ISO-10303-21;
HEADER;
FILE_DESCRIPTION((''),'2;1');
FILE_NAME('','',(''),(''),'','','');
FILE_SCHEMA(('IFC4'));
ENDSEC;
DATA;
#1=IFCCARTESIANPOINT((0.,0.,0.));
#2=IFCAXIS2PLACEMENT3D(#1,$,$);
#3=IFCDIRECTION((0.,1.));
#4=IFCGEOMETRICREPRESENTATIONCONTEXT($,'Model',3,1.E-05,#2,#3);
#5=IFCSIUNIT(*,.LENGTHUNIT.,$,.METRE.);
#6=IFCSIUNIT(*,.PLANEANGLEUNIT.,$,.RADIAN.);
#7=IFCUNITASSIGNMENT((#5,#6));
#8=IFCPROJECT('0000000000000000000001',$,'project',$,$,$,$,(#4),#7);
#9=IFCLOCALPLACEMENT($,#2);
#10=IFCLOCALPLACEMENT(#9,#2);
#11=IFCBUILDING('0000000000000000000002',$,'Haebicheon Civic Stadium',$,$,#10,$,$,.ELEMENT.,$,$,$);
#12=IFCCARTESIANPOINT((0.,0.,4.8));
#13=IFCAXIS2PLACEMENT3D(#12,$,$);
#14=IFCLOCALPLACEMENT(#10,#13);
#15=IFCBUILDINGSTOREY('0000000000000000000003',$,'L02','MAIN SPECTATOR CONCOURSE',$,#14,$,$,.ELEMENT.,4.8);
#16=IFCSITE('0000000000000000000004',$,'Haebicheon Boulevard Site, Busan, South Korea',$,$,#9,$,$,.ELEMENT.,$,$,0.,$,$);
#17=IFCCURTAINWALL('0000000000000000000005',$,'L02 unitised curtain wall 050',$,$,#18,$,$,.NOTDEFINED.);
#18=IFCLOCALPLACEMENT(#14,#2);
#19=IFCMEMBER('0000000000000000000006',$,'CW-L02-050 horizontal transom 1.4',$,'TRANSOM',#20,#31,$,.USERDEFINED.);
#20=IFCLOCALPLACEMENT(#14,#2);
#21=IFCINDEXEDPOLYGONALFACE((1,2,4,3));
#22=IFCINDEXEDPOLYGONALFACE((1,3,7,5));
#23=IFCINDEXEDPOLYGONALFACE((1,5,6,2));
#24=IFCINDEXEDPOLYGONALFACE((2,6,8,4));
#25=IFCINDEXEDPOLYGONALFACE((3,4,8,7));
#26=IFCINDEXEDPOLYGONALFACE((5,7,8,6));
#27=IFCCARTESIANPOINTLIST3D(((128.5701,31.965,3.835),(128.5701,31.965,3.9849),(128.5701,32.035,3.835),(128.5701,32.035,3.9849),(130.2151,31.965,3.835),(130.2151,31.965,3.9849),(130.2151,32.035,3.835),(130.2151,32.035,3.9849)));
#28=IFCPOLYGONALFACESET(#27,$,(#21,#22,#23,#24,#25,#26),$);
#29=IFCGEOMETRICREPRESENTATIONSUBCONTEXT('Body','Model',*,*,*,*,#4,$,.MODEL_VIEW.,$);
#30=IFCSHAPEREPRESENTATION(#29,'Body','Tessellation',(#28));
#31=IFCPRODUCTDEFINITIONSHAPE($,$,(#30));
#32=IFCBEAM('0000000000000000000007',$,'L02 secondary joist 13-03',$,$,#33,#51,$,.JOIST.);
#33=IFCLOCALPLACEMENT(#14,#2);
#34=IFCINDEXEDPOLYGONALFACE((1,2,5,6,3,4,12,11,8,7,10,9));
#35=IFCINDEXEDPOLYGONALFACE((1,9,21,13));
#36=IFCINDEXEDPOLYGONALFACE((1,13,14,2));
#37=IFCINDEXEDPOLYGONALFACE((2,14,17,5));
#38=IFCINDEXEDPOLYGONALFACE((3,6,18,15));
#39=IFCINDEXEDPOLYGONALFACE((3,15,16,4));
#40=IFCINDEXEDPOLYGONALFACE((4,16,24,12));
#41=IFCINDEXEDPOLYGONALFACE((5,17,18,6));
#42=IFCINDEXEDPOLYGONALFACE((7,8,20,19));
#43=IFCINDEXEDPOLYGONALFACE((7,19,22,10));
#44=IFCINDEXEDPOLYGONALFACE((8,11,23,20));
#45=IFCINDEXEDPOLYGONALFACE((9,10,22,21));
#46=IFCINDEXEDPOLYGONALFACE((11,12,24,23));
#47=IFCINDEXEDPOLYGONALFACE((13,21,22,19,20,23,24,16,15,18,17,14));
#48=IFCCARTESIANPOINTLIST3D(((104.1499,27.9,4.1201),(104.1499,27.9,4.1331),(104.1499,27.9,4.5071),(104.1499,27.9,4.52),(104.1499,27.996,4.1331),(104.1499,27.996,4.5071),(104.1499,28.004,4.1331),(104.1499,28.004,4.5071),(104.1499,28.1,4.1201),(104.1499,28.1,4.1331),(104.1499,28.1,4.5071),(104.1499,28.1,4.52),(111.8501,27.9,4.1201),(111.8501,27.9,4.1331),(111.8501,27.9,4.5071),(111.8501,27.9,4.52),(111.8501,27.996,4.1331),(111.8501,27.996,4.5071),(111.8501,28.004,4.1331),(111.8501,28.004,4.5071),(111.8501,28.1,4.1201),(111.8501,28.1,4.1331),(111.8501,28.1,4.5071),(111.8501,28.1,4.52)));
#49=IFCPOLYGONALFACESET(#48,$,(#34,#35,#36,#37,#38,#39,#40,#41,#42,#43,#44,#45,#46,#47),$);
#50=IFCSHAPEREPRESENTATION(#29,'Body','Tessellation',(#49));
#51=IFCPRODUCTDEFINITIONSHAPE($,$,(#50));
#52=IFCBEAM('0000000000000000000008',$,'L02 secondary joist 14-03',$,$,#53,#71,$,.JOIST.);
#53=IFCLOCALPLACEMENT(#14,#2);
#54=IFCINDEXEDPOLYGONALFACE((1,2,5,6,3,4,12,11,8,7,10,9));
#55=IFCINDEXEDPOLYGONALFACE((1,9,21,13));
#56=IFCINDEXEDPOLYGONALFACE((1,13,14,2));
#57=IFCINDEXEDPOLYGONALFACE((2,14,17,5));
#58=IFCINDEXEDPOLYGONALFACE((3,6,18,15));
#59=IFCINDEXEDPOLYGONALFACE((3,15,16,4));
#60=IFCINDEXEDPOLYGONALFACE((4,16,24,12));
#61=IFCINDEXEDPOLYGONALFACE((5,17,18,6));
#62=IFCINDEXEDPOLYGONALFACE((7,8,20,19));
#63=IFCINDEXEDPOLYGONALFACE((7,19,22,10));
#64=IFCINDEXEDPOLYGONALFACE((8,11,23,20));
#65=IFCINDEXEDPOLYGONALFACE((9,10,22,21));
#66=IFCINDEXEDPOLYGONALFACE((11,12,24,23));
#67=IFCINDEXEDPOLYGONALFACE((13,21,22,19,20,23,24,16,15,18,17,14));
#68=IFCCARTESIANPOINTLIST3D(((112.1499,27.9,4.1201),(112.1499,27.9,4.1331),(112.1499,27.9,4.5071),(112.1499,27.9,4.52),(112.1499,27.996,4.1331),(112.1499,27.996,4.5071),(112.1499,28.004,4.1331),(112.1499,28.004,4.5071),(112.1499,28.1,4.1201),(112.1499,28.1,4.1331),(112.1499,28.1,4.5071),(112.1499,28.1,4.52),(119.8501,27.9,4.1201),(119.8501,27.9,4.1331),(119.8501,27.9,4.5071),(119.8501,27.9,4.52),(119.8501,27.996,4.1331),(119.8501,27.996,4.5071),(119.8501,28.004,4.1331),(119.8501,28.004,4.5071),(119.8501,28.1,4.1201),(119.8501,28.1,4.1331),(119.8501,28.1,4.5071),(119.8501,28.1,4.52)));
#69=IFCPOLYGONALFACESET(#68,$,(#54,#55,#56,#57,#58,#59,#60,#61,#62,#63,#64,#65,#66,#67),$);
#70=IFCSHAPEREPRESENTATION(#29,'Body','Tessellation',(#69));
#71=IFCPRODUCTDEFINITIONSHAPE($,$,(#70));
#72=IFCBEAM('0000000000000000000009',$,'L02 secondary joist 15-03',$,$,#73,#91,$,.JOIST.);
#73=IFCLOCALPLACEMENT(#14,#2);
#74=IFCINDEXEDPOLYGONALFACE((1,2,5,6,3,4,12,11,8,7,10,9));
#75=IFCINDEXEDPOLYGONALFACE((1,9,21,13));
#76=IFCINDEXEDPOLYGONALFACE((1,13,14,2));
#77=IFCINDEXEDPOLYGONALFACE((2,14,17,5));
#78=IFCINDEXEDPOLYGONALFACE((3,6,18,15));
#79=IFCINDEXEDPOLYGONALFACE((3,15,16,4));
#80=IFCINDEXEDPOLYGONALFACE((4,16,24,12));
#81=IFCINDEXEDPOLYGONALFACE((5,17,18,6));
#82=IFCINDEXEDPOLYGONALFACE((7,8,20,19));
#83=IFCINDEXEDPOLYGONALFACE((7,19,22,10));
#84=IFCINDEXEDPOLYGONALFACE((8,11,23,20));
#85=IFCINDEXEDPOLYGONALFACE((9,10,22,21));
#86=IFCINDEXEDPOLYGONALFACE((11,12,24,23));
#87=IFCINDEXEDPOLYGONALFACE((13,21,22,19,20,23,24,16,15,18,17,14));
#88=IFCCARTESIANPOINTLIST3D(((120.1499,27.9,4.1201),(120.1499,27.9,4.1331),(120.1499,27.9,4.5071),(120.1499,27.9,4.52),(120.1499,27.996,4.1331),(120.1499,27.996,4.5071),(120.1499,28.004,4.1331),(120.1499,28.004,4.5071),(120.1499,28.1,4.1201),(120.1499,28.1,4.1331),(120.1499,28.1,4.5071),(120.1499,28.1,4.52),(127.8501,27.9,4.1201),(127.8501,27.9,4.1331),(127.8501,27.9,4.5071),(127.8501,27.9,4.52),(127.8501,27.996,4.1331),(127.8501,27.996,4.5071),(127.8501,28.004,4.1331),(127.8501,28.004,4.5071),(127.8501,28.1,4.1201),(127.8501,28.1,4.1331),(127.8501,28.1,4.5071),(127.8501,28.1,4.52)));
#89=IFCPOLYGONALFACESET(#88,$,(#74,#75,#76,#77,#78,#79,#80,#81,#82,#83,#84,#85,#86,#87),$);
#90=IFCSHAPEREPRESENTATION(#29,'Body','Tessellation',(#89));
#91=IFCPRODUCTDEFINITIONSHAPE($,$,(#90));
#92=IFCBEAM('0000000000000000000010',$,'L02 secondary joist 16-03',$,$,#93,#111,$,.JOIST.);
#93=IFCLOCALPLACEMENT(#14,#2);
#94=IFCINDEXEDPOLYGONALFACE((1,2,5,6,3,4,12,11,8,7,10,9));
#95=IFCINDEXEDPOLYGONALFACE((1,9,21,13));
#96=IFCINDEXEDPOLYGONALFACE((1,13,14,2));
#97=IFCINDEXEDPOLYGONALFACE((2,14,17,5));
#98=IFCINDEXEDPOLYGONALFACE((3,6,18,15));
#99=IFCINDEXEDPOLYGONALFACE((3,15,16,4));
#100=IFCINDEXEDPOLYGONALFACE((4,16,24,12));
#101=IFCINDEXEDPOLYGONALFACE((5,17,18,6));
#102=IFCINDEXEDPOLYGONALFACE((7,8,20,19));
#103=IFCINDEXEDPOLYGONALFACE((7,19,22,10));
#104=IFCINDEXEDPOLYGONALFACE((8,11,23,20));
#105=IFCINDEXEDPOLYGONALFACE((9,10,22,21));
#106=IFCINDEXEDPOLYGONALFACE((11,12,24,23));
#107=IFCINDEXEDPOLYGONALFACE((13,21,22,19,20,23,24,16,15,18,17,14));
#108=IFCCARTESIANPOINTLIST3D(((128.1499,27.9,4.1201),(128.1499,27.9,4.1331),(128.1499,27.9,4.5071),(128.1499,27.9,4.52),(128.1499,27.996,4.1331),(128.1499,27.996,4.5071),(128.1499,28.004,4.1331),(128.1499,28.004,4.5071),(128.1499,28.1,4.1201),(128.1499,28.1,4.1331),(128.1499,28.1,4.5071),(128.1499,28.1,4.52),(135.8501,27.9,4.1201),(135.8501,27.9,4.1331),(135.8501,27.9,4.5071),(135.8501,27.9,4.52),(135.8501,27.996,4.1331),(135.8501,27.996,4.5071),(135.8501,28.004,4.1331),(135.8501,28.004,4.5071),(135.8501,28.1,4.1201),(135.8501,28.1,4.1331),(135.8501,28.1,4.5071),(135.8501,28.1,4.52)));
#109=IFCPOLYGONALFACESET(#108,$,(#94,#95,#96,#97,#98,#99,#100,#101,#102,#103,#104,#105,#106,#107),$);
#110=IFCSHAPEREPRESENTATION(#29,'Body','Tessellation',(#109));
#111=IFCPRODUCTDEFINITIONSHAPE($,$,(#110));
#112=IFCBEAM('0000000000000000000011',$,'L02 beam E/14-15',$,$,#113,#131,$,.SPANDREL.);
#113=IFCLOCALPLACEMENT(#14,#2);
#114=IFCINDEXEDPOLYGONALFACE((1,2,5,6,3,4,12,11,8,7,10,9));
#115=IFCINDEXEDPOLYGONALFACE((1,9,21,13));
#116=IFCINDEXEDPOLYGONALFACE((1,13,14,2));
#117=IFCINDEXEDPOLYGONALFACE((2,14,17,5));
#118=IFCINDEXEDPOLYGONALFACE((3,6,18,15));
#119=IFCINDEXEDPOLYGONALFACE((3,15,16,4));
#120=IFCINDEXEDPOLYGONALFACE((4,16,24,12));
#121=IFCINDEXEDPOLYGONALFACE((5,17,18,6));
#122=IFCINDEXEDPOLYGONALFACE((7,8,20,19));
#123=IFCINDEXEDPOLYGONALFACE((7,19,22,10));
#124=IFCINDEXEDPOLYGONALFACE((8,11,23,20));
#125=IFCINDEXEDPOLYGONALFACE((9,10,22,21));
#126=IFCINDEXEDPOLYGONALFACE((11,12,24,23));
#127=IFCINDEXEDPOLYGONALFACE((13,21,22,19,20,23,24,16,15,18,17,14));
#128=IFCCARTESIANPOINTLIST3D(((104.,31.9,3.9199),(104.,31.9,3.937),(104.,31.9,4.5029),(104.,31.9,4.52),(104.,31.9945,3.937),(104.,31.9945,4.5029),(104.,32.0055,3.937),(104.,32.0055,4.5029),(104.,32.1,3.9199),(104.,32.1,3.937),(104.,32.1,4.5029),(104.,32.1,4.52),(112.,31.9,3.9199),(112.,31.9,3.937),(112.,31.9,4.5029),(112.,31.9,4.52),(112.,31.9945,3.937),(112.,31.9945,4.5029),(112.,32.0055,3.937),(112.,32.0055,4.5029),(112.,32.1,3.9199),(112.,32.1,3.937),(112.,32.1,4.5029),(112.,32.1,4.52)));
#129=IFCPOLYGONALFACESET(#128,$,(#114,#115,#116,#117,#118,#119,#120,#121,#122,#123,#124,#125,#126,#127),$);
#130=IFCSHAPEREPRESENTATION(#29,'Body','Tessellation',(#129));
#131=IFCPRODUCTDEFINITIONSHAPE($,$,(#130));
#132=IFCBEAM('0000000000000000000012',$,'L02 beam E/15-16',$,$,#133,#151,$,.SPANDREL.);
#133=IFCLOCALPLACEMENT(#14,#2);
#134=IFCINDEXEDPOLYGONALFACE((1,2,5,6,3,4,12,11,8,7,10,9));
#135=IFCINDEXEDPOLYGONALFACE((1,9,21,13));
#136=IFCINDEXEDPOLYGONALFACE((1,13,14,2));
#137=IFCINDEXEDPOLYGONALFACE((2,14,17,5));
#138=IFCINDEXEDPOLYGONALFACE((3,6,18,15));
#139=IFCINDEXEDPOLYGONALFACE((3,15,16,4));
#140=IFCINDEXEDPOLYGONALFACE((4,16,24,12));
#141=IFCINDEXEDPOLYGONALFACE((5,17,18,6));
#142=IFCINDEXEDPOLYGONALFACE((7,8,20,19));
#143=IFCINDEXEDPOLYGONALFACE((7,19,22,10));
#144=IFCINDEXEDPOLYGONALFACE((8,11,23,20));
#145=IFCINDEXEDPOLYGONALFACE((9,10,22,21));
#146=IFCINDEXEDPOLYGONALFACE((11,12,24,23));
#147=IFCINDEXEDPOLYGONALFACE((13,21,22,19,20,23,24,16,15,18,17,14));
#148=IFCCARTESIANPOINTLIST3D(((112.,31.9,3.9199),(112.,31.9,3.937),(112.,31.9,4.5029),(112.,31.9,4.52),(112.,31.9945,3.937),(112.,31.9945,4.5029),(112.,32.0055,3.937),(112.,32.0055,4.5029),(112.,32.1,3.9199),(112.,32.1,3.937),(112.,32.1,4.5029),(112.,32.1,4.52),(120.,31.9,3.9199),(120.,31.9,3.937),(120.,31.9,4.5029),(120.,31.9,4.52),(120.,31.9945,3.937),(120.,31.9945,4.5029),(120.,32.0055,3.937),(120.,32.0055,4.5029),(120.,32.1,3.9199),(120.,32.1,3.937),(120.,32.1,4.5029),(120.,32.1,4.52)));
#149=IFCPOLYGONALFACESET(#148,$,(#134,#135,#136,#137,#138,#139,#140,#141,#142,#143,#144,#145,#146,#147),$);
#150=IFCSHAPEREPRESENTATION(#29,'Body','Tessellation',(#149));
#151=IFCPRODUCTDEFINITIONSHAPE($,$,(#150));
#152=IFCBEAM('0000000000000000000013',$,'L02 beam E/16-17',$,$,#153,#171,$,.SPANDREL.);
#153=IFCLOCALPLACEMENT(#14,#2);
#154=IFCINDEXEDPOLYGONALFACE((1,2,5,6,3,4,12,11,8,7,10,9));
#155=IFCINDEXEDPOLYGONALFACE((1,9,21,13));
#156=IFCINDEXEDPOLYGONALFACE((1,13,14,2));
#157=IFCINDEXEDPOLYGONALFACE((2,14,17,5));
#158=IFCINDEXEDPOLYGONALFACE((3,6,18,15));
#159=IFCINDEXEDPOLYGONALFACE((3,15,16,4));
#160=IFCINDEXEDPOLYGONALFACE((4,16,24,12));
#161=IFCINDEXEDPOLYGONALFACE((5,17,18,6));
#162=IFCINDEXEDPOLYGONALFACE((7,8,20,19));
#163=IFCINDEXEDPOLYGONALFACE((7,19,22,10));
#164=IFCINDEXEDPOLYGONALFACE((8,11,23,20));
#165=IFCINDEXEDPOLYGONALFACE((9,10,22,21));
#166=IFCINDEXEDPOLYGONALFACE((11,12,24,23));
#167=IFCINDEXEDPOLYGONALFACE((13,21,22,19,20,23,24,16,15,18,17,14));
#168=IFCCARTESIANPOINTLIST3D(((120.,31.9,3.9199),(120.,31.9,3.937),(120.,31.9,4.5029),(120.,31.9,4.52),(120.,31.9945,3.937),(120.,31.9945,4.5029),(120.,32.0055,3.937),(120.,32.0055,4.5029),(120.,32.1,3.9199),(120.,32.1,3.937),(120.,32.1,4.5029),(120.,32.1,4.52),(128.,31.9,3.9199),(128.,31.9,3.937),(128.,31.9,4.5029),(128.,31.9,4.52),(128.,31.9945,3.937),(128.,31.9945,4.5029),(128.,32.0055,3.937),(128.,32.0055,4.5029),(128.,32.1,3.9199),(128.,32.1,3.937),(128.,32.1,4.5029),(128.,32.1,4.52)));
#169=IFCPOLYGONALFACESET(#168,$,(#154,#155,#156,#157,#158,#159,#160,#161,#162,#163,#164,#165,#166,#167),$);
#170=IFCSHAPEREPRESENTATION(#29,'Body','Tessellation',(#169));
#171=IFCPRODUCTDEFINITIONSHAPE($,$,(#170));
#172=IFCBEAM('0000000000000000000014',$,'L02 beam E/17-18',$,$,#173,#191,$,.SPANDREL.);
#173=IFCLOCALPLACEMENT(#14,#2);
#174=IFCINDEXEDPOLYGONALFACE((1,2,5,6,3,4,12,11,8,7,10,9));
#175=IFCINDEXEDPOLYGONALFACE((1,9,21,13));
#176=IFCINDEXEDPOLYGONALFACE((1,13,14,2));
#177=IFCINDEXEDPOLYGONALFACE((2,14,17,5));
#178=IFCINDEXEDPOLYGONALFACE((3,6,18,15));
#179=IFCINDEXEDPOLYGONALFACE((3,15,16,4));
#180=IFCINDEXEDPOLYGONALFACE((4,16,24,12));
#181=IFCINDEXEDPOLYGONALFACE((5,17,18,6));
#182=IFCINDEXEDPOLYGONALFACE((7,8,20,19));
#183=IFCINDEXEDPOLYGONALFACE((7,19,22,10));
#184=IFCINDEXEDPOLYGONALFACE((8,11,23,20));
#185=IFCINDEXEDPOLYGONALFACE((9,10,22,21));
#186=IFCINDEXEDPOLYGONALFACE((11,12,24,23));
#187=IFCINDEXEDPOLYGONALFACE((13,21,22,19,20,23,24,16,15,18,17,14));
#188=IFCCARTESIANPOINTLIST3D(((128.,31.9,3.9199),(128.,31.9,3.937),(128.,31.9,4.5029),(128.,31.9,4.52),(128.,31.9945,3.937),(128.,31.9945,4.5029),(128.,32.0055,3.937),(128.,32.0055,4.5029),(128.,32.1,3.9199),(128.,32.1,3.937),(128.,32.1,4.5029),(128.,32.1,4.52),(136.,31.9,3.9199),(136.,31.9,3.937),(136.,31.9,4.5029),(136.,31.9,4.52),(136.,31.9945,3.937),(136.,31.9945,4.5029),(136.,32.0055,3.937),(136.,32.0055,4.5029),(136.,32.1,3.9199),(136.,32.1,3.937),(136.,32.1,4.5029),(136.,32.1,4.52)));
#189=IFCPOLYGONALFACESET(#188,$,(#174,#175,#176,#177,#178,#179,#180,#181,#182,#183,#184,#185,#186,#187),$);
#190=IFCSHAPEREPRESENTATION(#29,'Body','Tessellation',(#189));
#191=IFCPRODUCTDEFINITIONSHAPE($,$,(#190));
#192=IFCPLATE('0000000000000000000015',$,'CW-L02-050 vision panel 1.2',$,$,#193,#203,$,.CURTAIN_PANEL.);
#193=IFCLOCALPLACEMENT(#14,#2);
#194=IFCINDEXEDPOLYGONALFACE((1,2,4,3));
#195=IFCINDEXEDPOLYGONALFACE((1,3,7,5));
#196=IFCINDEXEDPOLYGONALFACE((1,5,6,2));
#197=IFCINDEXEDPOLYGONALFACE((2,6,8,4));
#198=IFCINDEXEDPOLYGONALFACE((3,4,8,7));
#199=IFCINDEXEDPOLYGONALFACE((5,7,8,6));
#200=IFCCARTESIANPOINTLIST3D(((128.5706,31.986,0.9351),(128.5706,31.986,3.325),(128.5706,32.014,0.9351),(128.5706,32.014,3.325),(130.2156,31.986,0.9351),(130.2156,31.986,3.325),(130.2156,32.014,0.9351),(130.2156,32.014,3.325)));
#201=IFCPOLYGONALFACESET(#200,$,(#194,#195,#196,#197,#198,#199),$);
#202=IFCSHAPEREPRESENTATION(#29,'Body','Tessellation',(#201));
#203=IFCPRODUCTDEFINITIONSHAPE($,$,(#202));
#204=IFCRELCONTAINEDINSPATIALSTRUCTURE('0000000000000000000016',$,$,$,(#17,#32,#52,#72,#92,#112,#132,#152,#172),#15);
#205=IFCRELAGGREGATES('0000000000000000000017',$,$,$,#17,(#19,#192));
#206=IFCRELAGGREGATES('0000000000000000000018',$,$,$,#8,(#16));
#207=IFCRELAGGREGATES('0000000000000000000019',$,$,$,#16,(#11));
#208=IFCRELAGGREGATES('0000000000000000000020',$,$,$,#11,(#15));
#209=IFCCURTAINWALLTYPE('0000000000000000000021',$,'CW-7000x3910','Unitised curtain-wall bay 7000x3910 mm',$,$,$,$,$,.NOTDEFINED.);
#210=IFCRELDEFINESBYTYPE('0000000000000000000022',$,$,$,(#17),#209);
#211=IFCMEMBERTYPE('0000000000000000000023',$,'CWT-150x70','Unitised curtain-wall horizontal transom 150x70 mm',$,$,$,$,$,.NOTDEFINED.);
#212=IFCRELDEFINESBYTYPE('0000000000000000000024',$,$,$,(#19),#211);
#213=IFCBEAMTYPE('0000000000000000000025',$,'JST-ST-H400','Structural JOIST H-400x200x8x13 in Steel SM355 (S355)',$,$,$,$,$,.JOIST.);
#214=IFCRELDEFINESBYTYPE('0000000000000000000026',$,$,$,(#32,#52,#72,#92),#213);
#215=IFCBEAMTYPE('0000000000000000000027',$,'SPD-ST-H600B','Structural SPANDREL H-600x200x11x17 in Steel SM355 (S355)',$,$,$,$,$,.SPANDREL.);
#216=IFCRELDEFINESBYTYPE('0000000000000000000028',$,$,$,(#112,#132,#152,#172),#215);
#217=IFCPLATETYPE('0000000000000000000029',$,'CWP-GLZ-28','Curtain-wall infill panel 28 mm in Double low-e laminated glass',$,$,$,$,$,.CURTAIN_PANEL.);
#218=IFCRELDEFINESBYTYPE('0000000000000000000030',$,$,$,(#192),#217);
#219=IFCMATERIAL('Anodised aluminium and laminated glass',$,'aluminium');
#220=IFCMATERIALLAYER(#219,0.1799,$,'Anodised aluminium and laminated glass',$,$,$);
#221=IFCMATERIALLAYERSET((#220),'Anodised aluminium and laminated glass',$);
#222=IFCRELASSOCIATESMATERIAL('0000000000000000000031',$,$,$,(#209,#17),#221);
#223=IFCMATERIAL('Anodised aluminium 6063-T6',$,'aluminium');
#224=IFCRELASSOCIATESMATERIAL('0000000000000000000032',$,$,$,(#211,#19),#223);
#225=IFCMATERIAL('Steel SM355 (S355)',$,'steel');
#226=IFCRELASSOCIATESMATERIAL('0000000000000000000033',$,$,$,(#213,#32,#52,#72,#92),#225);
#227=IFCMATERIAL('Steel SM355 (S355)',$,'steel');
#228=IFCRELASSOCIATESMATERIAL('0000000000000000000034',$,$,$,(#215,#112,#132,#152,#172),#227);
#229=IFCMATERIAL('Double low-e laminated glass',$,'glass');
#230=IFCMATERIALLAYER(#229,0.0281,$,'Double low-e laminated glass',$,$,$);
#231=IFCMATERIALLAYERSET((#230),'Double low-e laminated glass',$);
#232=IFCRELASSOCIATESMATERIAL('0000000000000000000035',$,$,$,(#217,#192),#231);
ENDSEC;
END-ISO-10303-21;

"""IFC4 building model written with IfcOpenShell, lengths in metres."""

from ifc_helpers import new_model, si_unit, direction, frame, origin, origin_2d, place, context, subcontext, project, spatial, rectangle, i_section, extrude, material, layer, layer_set, material_profile, profile_set, type_object, element, aggregate, save


model = new_model("IFC4")

# Units and contexts
model_context = context("Model", 3, precision=1e-05, world=origin(), true_north=direction((0.0, 1.0)))
body_context = subcontext(model_context, "Body", "Model", "MODEL_VIEW")
ifc_project = project(units=[si_unit("LENGTHUNIT", "METRE"), si_unit("PLANEANGLEUNIT", "RADIAN")], contexts=[model_context])

# Site, building, storey
site_placement = place(None, origin())
site = spatial("IfcSite", under=ifc_project, at=site_placement, Name="Haebicheon Boulevard Site, Busan, South Korea", CompositionType="ELEMENT", RefElevation=0.0)
building_placement = place(site_placement, origin())
building = spatial("IfcBuilding", under=site, at=building_placement, Name="Haebicheon Civic Stadium", CompositionType="ELEMENT")
storey_placement = place(building_placement, frame((0.0, 0.0, 4.8)))
storey = spatial("IfcBuildingStorey", under=building, at=storey_placement, Name="L02", Description="MAIN SPECTATOR CONCOURSE", CompositionType="ELEMENT", Elevation=4.8)

# Curtain wall, member
ifc_material_1 = material(Name="Anodised aluminium and laminated glass", Category="aluminium")
ifc_layer_1 = layer(ifc_material_1, 0.1799, Name="Anodised aluminium and laminated glass")
ifc_layer_set_1 = layer_set([ifc_layer_1], Name="Anodised aluminium and laminated glass")
curtain_wall_type = type_object("IfcCurtainWallType", Name="CW-7000x3910", Description="Unitised curtain-wall bay 7000x3910 mm", PredefinedType="NOTDEFINED", material=ifc_layer_set_1)
curtain_wall_placement = place(storey_placement, origin())
curtain_wall = element("IfcCurtainWall", 1, at=curtain_wall_placement, inside=storey, type_object=curtain_wall_type, material=ifc_layer_set_1, Name="L02 unitised curtain wall 050", PredefinedType="NOTDEFINED")
ifc_material_2 = material(Name="Anodised aluminium 6063-T6", Category="aluminium")
ifc_material_profile_1 = material_profile(ifc_material_2, rectangle(XDim=0.0701, YDim=0.1499, at=origin_2d()), Name="ALU-TRAN-70x150")
ifc_profile_set_1 = profile_set([ifc_material_profile_1], Name="Anodised aluminium 6063-T6")
member_type_1 = type_object("IfcMemberType", Name="CWT-150x70", Description="Unitised curtain-wall horizontal transom 150x70 mm", PredefinedType="NOTDEFINED", material=ifc_profile_set_1)
member_1_placement = place(storey_placement, frame((128.5701, 32.0, 3.9099), z_axis=(1.0, 0.0, 0.0), x_axis=(0.0, 1.0, 0.0)))
member_1 = element("IfcMember", 2, at=member_1_placement, type_object=member_type_1, material=ifc_profile_set_1, Name="CW-L02-050 horizontal transom 1.4", ObjectType="TRANSOM", PredefinedType="USERDEFINED", context=body_context, shape_type="SweptSolid", body=[
    extrude(rectangle(XDim=0.0701, YDim=0.1499, at=origin_2d()), origin(), (0.0, 0.0, 1.0), 1.645),
])

# Beams
ifc_material_3 = material(Name="Steel SM355 (S355)", Category="steel")
ifc_material_profile_2 = material_profile(ifc_material_3, i_section(OverallWidth=0.2, OverallDepth=0.3999, WebThickness=0.0081, FlangeThickness=0.0129, at=origin_2d()), Name="H-400x200x8x13")
ifc_profile_set_2 = profile_set([ifc_material_profile_2], Name="Steel SM355 (S355)")
beam_type_1 = type_object("IfcBeamType", Name="JST-ST-H400", Description="Structural JOIST H-400x200x8x13 in Steel SM355 (S355)", PredefinedType="JOIST", material=ifc_profile_set_2)
for number, where, z_axis, x_axis, name in (
    (3, (104.1499, 28.0, 4.3201), (1.0, 0.0, 0.0), (0.0, 1.0, 0.0), "L02 secondary joist 13-03"),
    (4, (112.1499, 28.0, 4.3201), (1.0, 0.0, 0.0), (0.0, 1.0, 0.0), "L02 secondary joist 14-03"),
    (5, (120.1499, 28.0, 4.3201), (1.0, 0.0, 0.0), (0.0, 1.0, 0.0), "L02 secondary joist 15-03"),
    (6, (128.1499, 28.0, 4.3201), (1.0, 0.0, 0.0), (0.0, 1.0, 0.0), "L02 secondary joist 16-03"),
):
    element("IfcBeam", number, at=place(storey_placement, frame(where, z_axis=z_axis, x_axis=x_axis)), inside=storey, type_object=beam_type_1, material=ifc_profile_set_2, Name=name, PredefinedType="JOIST", context=body_context, shape_type="SweptSolid", body=[
        extrude(i_section(OverallWidth=0.2, OverallDepth=0.3999, WebThickness=0.0081, FlangeThickness=0.0129, at=origin_2d()), origin(), (0.0, 0.0, 1.0), 7.7002),
    ])
ifc_material_4 = material(Name="Steel SM355 (S355)", Category="steel")
ifc_material_profile_3 = material_profile(ifc_material_4, i_section(OverallWidth=0.2, OverallDepth=0.6001, WebThickness=0.011, FlangeThickness=0.0171, at=origin_2d()), Name="H-600x200x11x17")
ifc_profile_set_3 = profile_set([ifc_material_profile_3], Name="Steel SM355 (S355)")
beam_type_2 = type_object("IfcBeamType", Name="SPD-ST-H600B", Description="Structural SPANDREL H-600x200x11x17 in Steel SM355 (S355)", PredefinedType="SPANDREL", material=ifc_profile_set_3)
for number, where, z_axis, x_axis, name in (
    (7, (104.0, 32.0, 4.22), (1.0, 0.0, 0.0), (0.0, 1.0, 0.0), "L02 beam E/14-15"),
    (8, (112.0, 32.0, 4.22), (1.0, 0.0, 0.0), (0.0, 1.0, 0.0), "L02 beam E/15-16"),
    (9, (120.0, 32.0, 4.22), (1.0, 0.0, 0.0), (0.0, 1.0, 0.0), "L02 beam E/16-17"),
    (10, (128.0, 32.0, 4.22), (1.0, 0.0, 0.0), (0.0, 1.0, 0.0), "L02 beam E/17-18"),
):
    element("IfcBeam", number, at=place(storey_placement, frame(where, z_axis=z_axis, x_axis=x_axis)), inside=storey, type_object=beam_type_2, material=ifc_profile_set_3, Name=name, PredefinedType="SPANDREL", context=body_context, shape_type="SweptSolid", body=[
        extrude(i_section(OverallWidth=0.2, OverallDepth=0.6001, WebThickness=0.011, FlangeThickness=0.0171, at=origin_2d()), origin(), (0.0, 0.0, 1.0), 8.0),
    ])

# Plate
ifc_material_5 = material(Name="Double low-e laminated glass", Category="glass")
ifc_layer_2 = layer(ifc_material_5, 0.0281, Name="Double low-e laminated glass")
ifc_layer_set_2 = layer_set([ifc_layer_2], Name="Double low-e laminated glass")
plate_type_1 = type_object("IfcPlateType", Name="CWP-GLZ-28", Description="Curtain-wall infill panel 28 mm in Double low-e laminated glass", PredefinedType="CURTAIN_PANEL", material=ifc_layer_set_2)
plate_1_placement = place(storey_placement, frame((129.3931, 32.0, 0.9351), z_axis=(0.0, 0.0, 1.0), x_axis=(1.0, 0.0, 0.0)))
plate_1 = element("IfcPlate", 11, at=plate_1_placement, type_object=plate_type_1, material=ifc_layer_set_2, Name="CW-L02-050 vision panel 1.2", PredefinedType="CURTAIN_PANEL", context=body_context, shape_type="SweptSolid", body=[
    extrude(rectangle(XDim=1.645, YDim=0.0281, at=origin_2d()), origin(), (0.0, 0.0, 1.0), 2.3899),
])
aggregate(curtain_wall, [member_1, plate_1])

save(model, "model.ifc")
